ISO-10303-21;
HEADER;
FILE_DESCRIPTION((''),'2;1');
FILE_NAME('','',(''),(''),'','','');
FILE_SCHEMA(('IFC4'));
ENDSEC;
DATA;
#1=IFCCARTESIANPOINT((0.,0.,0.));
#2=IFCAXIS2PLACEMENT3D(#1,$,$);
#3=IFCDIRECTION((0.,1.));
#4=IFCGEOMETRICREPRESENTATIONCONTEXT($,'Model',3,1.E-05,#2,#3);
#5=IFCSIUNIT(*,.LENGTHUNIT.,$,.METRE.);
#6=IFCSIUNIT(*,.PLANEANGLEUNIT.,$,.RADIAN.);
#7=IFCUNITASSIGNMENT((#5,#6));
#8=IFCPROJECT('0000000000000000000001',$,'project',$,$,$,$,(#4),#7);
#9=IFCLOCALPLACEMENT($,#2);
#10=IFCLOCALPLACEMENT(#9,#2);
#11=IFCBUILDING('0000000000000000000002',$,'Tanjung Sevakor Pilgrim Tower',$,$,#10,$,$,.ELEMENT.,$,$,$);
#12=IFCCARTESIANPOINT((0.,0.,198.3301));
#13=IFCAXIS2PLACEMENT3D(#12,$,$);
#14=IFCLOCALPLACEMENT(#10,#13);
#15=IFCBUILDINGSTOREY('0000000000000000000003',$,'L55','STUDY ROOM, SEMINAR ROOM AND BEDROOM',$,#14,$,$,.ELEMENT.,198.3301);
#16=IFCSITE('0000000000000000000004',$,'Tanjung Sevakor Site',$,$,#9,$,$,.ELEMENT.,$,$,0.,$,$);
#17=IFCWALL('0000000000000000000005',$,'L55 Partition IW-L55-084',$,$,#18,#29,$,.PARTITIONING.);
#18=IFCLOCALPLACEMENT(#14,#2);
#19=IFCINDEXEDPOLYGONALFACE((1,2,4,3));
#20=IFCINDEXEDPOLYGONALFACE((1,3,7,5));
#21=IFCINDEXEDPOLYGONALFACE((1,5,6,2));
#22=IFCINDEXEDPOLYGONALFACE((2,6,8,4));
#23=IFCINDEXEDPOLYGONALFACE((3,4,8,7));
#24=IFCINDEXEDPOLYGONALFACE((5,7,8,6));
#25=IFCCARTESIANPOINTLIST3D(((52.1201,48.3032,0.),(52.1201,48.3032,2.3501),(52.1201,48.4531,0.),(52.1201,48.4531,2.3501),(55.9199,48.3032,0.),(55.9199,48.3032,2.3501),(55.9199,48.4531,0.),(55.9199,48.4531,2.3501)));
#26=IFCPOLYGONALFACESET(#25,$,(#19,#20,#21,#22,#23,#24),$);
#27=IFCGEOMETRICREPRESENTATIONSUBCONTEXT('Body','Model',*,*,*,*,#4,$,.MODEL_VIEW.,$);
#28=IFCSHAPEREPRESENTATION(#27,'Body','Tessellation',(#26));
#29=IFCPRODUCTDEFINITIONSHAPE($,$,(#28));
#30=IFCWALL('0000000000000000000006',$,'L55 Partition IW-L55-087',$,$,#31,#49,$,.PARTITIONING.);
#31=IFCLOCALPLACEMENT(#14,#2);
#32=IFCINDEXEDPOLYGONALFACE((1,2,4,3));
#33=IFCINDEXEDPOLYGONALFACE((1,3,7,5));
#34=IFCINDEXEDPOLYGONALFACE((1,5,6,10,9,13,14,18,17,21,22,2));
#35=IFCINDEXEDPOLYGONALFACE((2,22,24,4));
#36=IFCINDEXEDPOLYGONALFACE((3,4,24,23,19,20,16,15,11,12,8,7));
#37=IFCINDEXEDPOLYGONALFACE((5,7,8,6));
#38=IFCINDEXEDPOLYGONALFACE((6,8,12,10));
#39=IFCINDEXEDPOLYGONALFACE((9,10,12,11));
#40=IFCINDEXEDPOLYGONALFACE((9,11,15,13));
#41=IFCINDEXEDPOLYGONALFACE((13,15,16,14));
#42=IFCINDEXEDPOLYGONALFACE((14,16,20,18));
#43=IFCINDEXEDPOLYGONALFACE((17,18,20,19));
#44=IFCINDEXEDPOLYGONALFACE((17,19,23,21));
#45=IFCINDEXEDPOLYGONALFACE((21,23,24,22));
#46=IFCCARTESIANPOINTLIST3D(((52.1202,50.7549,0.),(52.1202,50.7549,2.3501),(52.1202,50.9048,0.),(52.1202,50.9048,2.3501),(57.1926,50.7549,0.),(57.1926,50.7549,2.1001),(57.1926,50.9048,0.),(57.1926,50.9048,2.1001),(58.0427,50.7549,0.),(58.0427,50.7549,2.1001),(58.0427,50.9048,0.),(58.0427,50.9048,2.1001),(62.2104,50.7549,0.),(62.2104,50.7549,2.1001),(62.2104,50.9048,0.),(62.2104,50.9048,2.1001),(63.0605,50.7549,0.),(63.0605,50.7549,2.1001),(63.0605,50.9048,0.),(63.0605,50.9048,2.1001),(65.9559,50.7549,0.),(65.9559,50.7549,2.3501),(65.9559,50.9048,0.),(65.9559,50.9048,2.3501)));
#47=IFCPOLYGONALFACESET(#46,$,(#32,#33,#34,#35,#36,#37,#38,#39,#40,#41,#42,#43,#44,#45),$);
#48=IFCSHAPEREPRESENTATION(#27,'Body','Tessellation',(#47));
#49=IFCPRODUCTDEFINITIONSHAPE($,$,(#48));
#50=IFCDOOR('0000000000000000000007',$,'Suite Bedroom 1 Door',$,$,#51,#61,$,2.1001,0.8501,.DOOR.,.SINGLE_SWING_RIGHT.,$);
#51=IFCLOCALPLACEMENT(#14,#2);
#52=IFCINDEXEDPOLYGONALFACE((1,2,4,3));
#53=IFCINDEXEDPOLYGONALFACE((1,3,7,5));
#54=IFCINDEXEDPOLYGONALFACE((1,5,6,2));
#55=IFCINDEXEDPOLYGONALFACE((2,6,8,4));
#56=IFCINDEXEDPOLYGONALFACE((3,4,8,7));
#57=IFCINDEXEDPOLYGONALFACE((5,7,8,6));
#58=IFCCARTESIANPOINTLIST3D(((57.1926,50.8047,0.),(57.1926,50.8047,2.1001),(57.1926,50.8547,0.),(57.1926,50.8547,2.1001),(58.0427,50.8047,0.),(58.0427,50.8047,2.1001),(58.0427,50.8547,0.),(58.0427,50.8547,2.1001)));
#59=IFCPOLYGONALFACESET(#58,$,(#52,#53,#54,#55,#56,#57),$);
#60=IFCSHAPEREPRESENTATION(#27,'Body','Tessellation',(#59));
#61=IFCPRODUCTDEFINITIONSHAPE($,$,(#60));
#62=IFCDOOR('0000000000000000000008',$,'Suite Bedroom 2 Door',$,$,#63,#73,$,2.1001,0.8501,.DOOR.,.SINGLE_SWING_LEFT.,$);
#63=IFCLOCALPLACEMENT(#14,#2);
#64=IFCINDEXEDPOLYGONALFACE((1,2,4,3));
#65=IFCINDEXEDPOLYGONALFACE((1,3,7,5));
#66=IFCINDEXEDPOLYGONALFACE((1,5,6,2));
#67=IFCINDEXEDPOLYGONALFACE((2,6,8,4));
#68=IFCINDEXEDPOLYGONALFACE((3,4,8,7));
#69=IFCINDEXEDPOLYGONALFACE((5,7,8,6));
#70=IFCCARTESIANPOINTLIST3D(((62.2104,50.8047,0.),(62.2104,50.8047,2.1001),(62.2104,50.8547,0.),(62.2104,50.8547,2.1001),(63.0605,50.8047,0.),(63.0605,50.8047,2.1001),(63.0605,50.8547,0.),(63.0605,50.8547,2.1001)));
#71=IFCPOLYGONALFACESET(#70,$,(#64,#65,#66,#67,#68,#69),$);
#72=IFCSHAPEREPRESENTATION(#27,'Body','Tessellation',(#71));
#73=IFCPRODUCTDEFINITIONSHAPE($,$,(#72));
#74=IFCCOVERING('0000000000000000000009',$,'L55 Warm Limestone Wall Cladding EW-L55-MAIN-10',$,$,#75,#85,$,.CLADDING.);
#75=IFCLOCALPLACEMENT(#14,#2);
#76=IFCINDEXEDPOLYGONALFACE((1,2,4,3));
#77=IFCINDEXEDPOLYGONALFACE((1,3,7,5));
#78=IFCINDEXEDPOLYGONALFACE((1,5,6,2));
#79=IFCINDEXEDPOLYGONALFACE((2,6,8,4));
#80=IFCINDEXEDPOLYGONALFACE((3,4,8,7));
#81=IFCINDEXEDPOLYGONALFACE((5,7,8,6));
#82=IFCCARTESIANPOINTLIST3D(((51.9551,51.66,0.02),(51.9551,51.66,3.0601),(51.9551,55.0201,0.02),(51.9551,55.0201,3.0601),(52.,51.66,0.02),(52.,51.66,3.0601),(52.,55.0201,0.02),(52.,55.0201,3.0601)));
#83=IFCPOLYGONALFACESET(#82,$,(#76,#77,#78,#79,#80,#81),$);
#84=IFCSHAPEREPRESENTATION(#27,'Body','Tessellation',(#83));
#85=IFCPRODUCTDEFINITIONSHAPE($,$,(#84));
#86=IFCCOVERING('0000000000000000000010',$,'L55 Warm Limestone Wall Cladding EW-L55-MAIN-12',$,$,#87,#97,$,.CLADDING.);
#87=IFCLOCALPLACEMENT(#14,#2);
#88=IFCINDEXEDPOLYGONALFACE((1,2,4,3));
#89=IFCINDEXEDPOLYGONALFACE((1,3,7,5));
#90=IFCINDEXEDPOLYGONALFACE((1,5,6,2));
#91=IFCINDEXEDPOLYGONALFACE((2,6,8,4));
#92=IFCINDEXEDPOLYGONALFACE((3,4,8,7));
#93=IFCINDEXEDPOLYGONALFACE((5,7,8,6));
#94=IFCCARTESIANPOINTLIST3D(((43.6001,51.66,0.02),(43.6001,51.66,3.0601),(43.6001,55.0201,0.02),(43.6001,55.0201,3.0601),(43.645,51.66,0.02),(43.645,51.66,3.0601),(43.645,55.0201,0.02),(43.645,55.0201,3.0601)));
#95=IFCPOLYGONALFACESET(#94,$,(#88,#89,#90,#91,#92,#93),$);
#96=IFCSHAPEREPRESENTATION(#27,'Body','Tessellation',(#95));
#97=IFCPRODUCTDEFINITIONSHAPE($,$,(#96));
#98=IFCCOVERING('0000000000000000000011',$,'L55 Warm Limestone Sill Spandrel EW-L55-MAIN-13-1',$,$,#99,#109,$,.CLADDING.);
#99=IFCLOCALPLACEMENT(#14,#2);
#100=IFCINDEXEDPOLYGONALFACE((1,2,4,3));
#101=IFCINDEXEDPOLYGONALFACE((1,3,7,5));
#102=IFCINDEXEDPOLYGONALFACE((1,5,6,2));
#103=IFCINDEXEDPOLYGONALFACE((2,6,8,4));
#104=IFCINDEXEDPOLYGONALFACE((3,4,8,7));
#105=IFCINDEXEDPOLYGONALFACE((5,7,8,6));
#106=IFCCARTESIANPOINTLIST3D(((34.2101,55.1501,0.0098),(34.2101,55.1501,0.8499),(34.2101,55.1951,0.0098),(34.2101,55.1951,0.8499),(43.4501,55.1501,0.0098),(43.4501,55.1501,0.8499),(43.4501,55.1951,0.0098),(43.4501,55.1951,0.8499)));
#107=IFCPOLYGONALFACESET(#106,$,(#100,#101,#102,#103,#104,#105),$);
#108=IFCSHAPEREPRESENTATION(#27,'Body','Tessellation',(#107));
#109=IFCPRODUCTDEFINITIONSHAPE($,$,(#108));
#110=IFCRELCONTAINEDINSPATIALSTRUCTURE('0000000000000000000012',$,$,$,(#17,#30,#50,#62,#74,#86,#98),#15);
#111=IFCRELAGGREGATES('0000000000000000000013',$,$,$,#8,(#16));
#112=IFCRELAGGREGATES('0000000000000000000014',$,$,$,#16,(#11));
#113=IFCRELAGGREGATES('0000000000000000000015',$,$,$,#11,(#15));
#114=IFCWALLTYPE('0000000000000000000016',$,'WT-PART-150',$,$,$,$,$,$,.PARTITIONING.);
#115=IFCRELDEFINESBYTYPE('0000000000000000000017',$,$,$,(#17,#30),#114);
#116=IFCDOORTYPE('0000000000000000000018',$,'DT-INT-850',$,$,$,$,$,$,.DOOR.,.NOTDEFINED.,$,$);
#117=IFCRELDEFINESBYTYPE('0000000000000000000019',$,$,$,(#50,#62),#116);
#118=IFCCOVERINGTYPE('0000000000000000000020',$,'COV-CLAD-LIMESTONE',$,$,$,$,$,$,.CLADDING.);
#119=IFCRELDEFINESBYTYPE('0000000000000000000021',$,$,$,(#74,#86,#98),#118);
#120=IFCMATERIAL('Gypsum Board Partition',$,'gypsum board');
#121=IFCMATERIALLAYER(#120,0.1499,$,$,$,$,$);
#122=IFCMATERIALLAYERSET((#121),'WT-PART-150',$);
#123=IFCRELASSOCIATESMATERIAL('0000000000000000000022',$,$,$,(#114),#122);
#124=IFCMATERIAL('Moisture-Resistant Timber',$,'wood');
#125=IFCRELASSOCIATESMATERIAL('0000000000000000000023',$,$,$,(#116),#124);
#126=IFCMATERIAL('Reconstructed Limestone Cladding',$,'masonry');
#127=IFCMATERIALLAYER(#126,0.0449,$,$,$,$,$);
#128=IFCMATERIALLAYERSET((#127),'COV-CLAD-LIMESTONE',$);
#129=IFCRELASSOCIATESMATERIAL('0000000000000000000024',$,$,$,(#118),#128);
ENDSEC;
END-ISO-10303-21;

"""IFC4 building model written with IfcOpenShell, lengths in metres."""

from ifc_helpers import new_model, si_unit, direction, frame, frame_2d, origin, origin_2d, place, context, subcontext, project, spatial, rectangle, extrude, material, layer, layer_set, type_object, element, fill, save


model = new_model("IFC4")

# Units and contexts
model_context = context("Model", 3, precision=1e-05, world=origin(), true_north=direction((0.0, 1.0)))
body_context = subcontext(model_context, "Body", "Model", "MODEL_VIEW")
ifc_project = project(units=[si_unit("LENGTHUNIT", "METRE"), si_unit("PLANEANGLEUNIT", "RADIAN")], contexts=[model_context])

# Site, building, storey
site_placement = place(None, origin())
site = spatial("IfcSite", under=ifc_project, at=site_placement, Name="Tanjung Sevakor Site", CompositionType="ELEMENT", RefElevation=0.0)
building_placement = place(site_placement, origin())
building = spatial("IfcBuilding", under=site, at=building_placement, Name="Tanjung Sevakor Pilgrim Tower", CompositionType="ELEMENT")
storey_placement = place(building_placement, frame((0.0, 0.0, 198.3301)))
storey = spatial("IfcBuildingStorey", under=building, at=storey_placement, Name="L55", Description="STUDY ROOM, SEMINAR ROOM AND BEDROOM", CompositionType="ELEMENT", Elevation=198.3301)

# Wall
ifc_material_1 = material(Name="Gypsum Board Partition", Category="gypsum board")
ifc_layer_1 = layer(ifc_material_1, 0.1499)
ifc_layer_set_1 = layer_set([ifc_layer_1], Name="WT-PART-150")
wall_type_1 = type_object("IfcWallType", Name="WT-PART-150", PredefinedType="PARTITIONING", material=ifc_layer_set_1)
wall_1_placement = place(storey_placement, frame((52.1201, 48.3782, 0.0), z_axis=(0.0, 0.0, 1.0), x_axis=(1.0, 0.0, 0.0)))
element("IfcWall", 1, at=wall_1_placement, inside=storey, type_object=wall_type_1, Name="L55 Partition IW-L55-084", PredefinedType="PARTITIONING", context=body_context, shape_type="SweptSolid", body=[
    extrude(rectangle(XDim=3.7998, YDim=0.1499, at=frame_2d((1.8999, 0.0))), origin(), (0.0, 0.0, 1.0), 2.3501),
])

# Wall, openings, doors
wall_2_placement = place(storey_placement, frame((52.1201, 50.8298, 0.0), z_axis=(0.0, 0.0, 1.0), x_axis=(1.0, 0.0, 0.0)))
wall_2 = element("IfcWall", 2, at=wall_2_placement, inside=storey, type_object=wall_type_1, Name="L55 Partition IW-L55-087", PredefinedType="PARTITIONING", context=body_context, shape_type="SweptSolid", body=[
    extrude(rectangle(XDim=13.8357, YDim=0.1499, at=frame_2d((6.918, 0.0))), origin(), (0.0, 0.0, 1.0), 2.3501),
])
opening_1_placement = place(wall_2_placement, frame((5.0725, 0.0, 0.0)))
opening_1 = element("IfcOpeningElement", 3, at=opening_1_placement, cuts=wall_2, PredefinedType="OPENING", context=body_context, shape_type="SweptSolid", body=[
    extrude(rectangle(XDim=0.8501, YDim=2.1001, at=frame_2d((0.425, 1.05))), frame((0.0, 0.085, 0.0), z_axis=(0.0, -1.0, 0.0), x_axis=(1.0, 0.0, 0.0)), (0.0, 0.0, 1.0), 0.1699),
])
opening_2_placement = place(wall_2_placement, frame((10.0903, 0.0, 0.0)))
opening_2 = element("IfcOpeningElement", 4, at=opening_2_placement, cuts=wall_2, PredefinedType="OPENING", context=body_context, shape_type="SweptSolid", body=[
    extrude(rectangle(XDim=0.8501, YDim=2.1001, at=frame_2d((0.425, 1.05))), frame((0.0, 0.085, 0.0), z_axis=(0.0, -1.0, 0.0), x_axis=(1.0, 0.0, 0.0)), (0.0, 0.0, 1.0), 0.1699),
])
ifc_material_2 = material(Name="Moisture-Resistant Timber", Category="wood")
door_type_1 = type_object("IfcDoorType", Name="DT-INT-850", OperationType="NOTDEFINED", PredefinedType="DOOR", material=ifc_material_2)
door_1_placement = place(opening_1_placement, origin())
door_1 = element("IfcDoor", 5, at=door_1_placement, inside=storey, type_object=door_type_1, Name="Suite Bedroom 1 Door", OperationType="SINGLE_SWING_RIGHT", OverallHeight=2.1001, OverallWidth=0.8501, PredefinedType="DOOR", context=body_context, shape_type="SweptSolid", body=[
    extrude(rectangle(XDim=0.8501, YDim=2.1001, at=frame_2d((0.425, 1.05))), frame((0.0, 0.0249, 0.0), z_axis=(0.0, -1.0, 0.0), x_axis=(1.0, 0.0, 0.0)), (0.0, 0.0, 1.0), 0.05),
])
fill(opening_1, door_1)
door_2_placement = place(opening_2_placement, origin())
door_2 = element("IfcDoor", 6, at=door_2_placement, inside=storey, type_object=door_type_1, Name="Suite Bedroom 2 Door", OperationType="SINGLE_SWING_LEFT", OverallHeight=2.1001, OverallWidth=0.8501, PredefinedType="DOOR", context=body_context, shape_type="SweptSolid", body=[
    extrude(rectangle(XDim=0.8501, YDim=2.1001, at=frame_2d((0.425, 1.05))), frame((0.0, 0.0249, 0.0), z_axis=(0.0, -1.0, 0.0), x_axis=(1.0, 0.0, 0.0)), (0.0, 0.0, 1.0), 0.05),
])
fill(opening_2, door_2)

# Coverings
ifc_material_3 = material(Name="Reconstructed Limestone Cladding", Category="masonry")
ifc_layer_2 = layer(ifc_material_3, 0.0449)
ifc_layer_set_2 = layer_set([ifc_layer_2], Name="COV-CLAD-LIMESTONE")
covering_type = type_object("IfcCoveringType", Name="COV-CLAD-LIMESTONE", PredefinedType="CLADDING", material=ifc_layer_set_2)
for number, where, z_axis, x_axis, name in (
    (7, (51.9775, 53.3401, 0.02), (0.0, 0.0, 1.0), (0.0, -1.0, 0.0), "L55 Warm Limestone Wall Cladding EW-L55-MAIN-10"),
    (8, (43.6226, 53.3401, 0.02), (0.0, 0.0, 1.0), (0.0, 1.0, 0.0), "L55 Warm Limestone Wall Cladding EW-L55-MAIN-12"),
):
    element("IfcCovering", number, at=place(storey_placement, frame(where, z_axis=z_axis, x_axis=x_axis)), inside=storey, type_object=covering_type, Name=name, PredefinedType="CLADDING", context=body_context, shape_type="SweptSolid", body=[
        extrude(rectangle(XDim=3.3601, YDim=0.0449, at=origin_2d()), origin(), (0.0, 0.0, 1.0), 3.04),
    ])
covering_placement = place(storey_placement, frame((38.8301, 55.1726, 0.0098), z_axis=(0.0, 0.0, 1.0), x_axis=(-1.0, 0.0, 0.0)))
element("IfcCovering", 9, at=covering_placement, inside=storey, type_object=covering_type, Name="L55 Warm Limestone Sill Spandrel EW-L55-MAIN-13-1", PredefinedType="CLADDING", context=body_context, shape_type="SweptSolid", body=[
    extrude(rectangle(XDim=9.24, YDim=0.0449, at=origin_2d()), origin(), (0.0, 0.0, 1.0), 0.8401),
])

save(model, "model.ifc")
